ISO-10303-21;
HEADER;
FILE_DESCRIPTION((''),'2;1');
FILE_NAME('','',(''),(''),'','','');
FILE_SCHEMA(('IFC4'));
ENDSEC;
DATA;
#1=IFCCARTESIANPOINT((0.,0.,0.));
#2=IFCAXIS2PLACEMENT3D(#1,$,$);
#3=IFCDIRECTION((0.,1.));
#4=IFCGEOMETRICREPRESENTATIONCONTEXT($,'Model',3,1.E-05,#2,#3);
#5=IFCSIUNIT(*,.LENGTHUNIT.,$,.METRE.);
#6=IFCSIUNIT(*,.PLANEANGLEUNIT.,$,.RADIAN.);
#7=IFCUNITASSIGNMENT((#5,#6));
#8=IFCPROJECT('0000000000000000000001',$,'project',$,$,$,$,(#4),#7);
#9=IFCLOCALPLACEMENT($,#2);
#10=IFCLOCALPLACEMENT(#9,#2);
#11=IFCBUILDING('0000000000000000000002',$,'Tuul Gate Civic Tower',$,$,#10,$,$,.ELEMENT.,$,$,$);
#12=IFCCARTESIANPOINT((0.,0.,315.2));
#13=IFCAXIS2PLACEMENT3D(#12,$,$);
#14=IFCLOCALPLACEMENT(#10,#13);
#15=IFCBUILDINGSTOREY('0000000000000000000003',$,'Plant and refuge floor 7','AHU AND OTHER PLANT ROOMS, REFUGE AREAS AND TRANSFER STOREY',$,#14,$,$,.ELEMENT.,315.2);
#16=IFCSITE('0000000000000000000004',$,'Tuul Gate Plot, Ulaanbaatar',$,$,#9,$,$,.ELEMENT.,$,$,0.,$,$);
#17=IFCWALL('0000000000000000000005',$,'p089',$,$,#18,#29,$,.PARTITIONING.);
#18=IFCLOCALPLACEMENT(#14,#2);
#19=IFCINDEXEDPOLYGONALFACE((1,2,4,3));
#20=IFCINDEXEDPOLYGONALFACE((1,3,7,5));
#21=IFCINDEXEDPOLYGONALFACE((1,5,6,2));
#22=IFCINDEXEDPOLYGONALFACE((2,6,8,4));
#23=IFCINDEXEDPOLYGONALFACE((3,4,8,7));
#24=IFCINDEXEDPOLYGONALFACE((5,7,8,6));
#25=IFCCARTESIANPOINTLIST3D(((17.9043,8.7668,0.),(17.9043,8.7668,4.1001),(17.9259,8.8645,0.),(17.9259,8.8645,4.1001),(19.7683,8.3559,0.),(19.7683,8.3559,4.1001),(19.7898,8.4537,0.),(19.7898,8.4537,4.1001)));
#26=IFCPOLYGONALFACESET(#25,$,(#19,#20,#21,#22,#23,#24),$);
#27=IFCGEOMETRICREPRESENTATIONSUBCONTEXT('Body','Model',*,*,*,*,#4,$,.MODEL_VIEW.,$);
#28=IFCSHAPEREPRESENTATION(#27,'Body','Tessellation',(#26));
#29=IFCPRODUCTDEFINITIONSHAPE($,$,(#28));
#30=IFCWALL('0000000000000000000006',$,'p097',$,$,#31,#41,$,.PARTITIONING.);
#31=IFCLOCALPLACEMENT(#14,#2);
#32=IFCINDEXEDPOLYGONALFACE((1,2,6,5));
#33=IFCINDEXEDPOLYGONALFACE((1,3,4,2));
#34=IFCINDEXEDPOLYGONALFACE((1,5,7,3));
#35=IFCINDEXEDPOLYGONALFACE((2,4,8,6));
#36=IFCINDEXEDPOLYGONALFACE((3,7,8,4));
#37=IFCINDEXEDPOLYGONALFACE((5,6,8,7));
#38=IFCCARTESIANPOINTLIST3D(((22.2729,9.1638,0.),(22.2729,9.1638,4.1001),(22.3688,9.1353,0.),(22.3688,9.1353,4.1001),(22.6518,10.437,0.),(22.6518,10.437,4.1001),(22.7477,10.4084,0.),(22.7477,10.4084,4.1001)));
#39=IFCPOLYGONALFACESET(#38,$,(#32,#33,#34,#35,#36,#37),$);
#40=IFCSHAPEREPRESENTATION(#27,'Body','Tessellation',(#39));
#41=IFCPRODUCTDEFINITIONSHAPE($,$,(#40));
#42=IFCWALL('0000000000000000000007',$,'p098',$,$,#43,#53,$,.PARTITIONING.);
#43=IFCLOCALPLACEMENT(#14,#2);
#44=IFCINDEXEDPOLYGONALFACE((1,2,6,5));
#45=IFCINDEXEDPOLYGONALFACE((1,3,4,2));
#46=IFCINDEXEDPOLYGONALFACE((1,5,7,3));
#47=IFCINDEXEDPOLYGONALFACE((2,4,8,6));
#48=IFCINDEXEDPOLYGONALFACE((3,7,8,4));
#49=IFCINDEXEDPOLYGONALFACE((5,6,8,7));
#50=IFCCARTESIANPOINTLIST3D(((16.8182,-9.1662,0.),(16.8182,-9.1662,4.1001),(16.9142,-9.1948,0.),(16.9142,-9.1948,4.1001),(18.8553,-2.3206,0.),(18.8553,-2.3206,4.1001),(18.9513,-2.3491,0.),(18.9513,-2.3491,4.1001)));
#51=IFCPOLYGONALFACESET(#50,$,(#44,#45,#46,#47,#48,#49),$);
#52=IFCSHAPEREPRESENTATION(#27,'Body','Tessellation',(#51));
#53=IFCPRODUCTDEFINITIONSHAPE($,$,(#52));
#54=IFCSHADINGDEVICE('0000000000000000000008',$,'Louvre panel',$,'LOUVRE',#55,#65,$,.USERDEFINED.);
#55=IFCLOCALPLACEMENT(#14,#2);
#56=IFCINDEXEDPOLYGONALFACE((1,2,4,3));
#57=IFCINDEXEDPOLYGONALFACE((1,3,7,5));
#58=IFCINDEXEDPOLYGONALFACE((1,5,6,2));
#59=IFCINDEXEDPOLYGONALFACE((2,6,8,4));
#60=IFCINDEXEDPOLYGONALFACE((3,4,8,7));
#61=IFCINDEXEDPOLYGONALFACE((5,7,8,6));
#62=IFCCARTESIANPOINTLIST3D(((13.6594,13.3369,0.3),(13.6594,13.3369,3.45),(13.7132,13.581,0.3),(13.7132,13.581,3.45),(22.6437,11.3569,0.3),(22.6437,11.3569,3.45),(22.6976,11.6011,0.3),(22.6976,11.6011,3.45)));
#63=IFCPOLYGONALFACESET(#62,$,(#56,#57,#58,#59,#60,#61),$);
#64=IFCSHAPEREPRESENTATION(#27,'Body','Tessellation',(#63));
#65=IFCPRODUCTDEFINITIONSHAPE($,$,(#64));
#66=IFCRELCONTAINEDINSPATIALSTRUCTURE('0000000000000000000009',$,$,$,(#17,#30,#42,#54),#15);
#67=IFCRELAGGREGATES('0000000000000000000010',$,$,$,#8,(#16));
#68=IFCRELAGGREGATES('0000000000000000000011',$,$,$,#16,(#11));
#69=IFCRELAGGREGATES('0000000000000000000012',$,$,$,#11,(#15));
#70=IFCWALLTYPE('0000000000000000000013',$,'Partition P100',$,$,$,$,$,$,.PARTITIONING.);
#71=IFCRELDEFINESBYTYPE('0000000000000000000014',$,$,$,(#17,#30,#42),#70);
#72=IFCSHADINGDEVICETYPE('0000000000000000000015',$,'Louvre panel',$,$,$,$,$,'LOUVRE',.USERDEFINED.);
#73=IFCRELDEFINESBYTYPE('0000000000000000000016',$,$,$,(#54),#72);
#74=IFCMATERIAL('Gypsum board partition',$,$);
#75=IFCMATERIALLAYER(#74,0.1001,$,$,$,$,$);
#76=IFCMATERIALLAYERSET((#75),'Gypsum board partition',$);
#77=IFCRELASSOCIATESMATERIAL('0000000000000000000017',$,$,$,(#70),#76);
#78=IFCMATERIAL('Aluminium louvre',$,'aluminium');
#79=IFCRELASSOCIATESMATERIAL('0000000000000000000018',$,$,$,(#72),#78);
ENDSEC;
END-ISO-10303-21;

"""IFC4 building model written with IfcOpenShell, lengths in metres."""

from ifc_helpers import new_model, si_unit, direction, frame, frame_2d, origin, origin_2d, place, context, subcontext, project, spatial, rectangle, extrude, material, layer, layer_set, type_object, element, save


model = new_model("IFC4")

# Units and contexts
model_context = context("Model", 3, precision=1e-05, world=origin(), true_north=direction((0.0, 1.0)))
body_context = subcontext(model_context, "Body", "Model", "MODEL_VIEW")
ifc_project = project(units=[si_unit("LENGTHUNIT", "METRE"), si_unit("PLANEANGLEUNIT", "RADIAN")], contexts=[model_context])

# Site, building, storey
site_placement = place(None, origin())
site = spatial("IfcSite", under=ifc_project, at=site_placement, Name="Tuul Gate Plot, Ulaanbaatar", CompositionType="ELEMENT", RefElevation=0.0)
building_placement = place(site_placement, origin())
building = spatial("IfcBuilding", under=site, at=building_placement, Name="Tuul Gate Civic Tower", CompositionType="ELEMENT")
storey_placement = place(building_placement, frame((0.0, 0.0, 315.2)))
storey = spatial("IfcBuildingStorey", under=building, at=storey_placement, Name="Plant and refuge floor 7", Description="AHU AND OTHER PLANT ROOMS, REFUGE AREAS AND TRANSFER STOREY", CompositionType="ELEMENT", Elevation=315.2)

# Walls
ifc_material_1 = material(Name="Gypsum board partition")
ifc_layer_1 = layer(ifc_material_1, 0.1001)
ifc_layer_set_1 = layer_set([ifc_layer_1], Name="Gypsum board partition")
wall_type_1 = type_object("IfcWallType", Name="Partition P100", PredefinedType="PARTITIONING", material=ifc_layer_set_1)
wall_1_placement = place(storey_placement, frame((19.7791, 8.4048, 0.0), z_axis=(0.0, 0.0, 1.0), x_axis=(-0.976556, 0.215264, 0.0)))
element("IfcWall", 1, at=wall_1_placement, inside=storey, type_object=wall_type_1, Name="p089", PredefinedType="PARTITIONING", context=body_context, shape_type="SweptSolid", body=[
    extrude(rectangle(XDim=1.9087, YDim=0.1001, at=frame_2d((0.9543, 0.0))), origin(), (0.0, 0.0, 1.0), 4.1001),
])
wall_2_placement = place(storey_placement, frame((22.6997, 10.4226, 0.0), z_axis=(0.0, 0.0, 1.0), x_axis=(-0.28524, -0.958456, 0.0)))
element("IfcWall", 2, at=wall_2_placement, inside=storey, type_object=wall_type_1, Name="p097", PredefinedType="PARTITIONING", context=body_context, shape_type="SweptSolid", body=[
    extrude(rectangle(XDim=1.3284, YDim=0.1001, at=frame_2d((0.6641, 0.0))), origin(), (0.0, 0.0, 1.0), 4.1001),
])
wall_3_placement = place(storey_placement, frame((18.9033, -2.3347, 0.0), z_axis=(0.0, 0.0, 1.0), x_axis=(-0.285215, -0.958464, 0.0)))
element("IfcWall", 3, at=wall_3_placement, inside=storey, type_object=wall_type_1, Name="p098", PredefinedType="PARTITIONING", context=body_context, shape_type="SweptSolid", body=[
    extrude(rectangle(XDim=7.1423, YDim=0.1001, at=frame_2d((3.5713, 0.0))), origin(), (0.0, 0.0, 1.0), 4.1001),
])

# Shading device
ifc_material_2 = material(Name="Aluminium louvre", Category="aluminium")
shading_device_type = type_object("IfcShadingDeviceType", Name="Louvre panel", ElementType="LOUVRE", PredefinedType="USERDEFINED", material=ifc_material_2)
shading_device_placement = place(storey_placement, frame((18.1785, 12.469, 0.3), z_axis=(0.0, 0.0, 1.0), x_axis=(0.215215, 0.976567, 0.0)))
element("IfcShadingDevice", 4, at=shading_device_placement, inside=storey, type_object=shading_device_type, Name="Louvre panel", ObjectType="LOUVRE", PredefinedType="USERDEFINED", context=body_context, shape_type="SweptSolid", body=[
    extrude(rectangle(XDim=0.25, YDim=9.2, at=origin_2d()), origin(), (0.0, 0.0, 1.0), 3.1499),
])

save(model, "model.ifc")
